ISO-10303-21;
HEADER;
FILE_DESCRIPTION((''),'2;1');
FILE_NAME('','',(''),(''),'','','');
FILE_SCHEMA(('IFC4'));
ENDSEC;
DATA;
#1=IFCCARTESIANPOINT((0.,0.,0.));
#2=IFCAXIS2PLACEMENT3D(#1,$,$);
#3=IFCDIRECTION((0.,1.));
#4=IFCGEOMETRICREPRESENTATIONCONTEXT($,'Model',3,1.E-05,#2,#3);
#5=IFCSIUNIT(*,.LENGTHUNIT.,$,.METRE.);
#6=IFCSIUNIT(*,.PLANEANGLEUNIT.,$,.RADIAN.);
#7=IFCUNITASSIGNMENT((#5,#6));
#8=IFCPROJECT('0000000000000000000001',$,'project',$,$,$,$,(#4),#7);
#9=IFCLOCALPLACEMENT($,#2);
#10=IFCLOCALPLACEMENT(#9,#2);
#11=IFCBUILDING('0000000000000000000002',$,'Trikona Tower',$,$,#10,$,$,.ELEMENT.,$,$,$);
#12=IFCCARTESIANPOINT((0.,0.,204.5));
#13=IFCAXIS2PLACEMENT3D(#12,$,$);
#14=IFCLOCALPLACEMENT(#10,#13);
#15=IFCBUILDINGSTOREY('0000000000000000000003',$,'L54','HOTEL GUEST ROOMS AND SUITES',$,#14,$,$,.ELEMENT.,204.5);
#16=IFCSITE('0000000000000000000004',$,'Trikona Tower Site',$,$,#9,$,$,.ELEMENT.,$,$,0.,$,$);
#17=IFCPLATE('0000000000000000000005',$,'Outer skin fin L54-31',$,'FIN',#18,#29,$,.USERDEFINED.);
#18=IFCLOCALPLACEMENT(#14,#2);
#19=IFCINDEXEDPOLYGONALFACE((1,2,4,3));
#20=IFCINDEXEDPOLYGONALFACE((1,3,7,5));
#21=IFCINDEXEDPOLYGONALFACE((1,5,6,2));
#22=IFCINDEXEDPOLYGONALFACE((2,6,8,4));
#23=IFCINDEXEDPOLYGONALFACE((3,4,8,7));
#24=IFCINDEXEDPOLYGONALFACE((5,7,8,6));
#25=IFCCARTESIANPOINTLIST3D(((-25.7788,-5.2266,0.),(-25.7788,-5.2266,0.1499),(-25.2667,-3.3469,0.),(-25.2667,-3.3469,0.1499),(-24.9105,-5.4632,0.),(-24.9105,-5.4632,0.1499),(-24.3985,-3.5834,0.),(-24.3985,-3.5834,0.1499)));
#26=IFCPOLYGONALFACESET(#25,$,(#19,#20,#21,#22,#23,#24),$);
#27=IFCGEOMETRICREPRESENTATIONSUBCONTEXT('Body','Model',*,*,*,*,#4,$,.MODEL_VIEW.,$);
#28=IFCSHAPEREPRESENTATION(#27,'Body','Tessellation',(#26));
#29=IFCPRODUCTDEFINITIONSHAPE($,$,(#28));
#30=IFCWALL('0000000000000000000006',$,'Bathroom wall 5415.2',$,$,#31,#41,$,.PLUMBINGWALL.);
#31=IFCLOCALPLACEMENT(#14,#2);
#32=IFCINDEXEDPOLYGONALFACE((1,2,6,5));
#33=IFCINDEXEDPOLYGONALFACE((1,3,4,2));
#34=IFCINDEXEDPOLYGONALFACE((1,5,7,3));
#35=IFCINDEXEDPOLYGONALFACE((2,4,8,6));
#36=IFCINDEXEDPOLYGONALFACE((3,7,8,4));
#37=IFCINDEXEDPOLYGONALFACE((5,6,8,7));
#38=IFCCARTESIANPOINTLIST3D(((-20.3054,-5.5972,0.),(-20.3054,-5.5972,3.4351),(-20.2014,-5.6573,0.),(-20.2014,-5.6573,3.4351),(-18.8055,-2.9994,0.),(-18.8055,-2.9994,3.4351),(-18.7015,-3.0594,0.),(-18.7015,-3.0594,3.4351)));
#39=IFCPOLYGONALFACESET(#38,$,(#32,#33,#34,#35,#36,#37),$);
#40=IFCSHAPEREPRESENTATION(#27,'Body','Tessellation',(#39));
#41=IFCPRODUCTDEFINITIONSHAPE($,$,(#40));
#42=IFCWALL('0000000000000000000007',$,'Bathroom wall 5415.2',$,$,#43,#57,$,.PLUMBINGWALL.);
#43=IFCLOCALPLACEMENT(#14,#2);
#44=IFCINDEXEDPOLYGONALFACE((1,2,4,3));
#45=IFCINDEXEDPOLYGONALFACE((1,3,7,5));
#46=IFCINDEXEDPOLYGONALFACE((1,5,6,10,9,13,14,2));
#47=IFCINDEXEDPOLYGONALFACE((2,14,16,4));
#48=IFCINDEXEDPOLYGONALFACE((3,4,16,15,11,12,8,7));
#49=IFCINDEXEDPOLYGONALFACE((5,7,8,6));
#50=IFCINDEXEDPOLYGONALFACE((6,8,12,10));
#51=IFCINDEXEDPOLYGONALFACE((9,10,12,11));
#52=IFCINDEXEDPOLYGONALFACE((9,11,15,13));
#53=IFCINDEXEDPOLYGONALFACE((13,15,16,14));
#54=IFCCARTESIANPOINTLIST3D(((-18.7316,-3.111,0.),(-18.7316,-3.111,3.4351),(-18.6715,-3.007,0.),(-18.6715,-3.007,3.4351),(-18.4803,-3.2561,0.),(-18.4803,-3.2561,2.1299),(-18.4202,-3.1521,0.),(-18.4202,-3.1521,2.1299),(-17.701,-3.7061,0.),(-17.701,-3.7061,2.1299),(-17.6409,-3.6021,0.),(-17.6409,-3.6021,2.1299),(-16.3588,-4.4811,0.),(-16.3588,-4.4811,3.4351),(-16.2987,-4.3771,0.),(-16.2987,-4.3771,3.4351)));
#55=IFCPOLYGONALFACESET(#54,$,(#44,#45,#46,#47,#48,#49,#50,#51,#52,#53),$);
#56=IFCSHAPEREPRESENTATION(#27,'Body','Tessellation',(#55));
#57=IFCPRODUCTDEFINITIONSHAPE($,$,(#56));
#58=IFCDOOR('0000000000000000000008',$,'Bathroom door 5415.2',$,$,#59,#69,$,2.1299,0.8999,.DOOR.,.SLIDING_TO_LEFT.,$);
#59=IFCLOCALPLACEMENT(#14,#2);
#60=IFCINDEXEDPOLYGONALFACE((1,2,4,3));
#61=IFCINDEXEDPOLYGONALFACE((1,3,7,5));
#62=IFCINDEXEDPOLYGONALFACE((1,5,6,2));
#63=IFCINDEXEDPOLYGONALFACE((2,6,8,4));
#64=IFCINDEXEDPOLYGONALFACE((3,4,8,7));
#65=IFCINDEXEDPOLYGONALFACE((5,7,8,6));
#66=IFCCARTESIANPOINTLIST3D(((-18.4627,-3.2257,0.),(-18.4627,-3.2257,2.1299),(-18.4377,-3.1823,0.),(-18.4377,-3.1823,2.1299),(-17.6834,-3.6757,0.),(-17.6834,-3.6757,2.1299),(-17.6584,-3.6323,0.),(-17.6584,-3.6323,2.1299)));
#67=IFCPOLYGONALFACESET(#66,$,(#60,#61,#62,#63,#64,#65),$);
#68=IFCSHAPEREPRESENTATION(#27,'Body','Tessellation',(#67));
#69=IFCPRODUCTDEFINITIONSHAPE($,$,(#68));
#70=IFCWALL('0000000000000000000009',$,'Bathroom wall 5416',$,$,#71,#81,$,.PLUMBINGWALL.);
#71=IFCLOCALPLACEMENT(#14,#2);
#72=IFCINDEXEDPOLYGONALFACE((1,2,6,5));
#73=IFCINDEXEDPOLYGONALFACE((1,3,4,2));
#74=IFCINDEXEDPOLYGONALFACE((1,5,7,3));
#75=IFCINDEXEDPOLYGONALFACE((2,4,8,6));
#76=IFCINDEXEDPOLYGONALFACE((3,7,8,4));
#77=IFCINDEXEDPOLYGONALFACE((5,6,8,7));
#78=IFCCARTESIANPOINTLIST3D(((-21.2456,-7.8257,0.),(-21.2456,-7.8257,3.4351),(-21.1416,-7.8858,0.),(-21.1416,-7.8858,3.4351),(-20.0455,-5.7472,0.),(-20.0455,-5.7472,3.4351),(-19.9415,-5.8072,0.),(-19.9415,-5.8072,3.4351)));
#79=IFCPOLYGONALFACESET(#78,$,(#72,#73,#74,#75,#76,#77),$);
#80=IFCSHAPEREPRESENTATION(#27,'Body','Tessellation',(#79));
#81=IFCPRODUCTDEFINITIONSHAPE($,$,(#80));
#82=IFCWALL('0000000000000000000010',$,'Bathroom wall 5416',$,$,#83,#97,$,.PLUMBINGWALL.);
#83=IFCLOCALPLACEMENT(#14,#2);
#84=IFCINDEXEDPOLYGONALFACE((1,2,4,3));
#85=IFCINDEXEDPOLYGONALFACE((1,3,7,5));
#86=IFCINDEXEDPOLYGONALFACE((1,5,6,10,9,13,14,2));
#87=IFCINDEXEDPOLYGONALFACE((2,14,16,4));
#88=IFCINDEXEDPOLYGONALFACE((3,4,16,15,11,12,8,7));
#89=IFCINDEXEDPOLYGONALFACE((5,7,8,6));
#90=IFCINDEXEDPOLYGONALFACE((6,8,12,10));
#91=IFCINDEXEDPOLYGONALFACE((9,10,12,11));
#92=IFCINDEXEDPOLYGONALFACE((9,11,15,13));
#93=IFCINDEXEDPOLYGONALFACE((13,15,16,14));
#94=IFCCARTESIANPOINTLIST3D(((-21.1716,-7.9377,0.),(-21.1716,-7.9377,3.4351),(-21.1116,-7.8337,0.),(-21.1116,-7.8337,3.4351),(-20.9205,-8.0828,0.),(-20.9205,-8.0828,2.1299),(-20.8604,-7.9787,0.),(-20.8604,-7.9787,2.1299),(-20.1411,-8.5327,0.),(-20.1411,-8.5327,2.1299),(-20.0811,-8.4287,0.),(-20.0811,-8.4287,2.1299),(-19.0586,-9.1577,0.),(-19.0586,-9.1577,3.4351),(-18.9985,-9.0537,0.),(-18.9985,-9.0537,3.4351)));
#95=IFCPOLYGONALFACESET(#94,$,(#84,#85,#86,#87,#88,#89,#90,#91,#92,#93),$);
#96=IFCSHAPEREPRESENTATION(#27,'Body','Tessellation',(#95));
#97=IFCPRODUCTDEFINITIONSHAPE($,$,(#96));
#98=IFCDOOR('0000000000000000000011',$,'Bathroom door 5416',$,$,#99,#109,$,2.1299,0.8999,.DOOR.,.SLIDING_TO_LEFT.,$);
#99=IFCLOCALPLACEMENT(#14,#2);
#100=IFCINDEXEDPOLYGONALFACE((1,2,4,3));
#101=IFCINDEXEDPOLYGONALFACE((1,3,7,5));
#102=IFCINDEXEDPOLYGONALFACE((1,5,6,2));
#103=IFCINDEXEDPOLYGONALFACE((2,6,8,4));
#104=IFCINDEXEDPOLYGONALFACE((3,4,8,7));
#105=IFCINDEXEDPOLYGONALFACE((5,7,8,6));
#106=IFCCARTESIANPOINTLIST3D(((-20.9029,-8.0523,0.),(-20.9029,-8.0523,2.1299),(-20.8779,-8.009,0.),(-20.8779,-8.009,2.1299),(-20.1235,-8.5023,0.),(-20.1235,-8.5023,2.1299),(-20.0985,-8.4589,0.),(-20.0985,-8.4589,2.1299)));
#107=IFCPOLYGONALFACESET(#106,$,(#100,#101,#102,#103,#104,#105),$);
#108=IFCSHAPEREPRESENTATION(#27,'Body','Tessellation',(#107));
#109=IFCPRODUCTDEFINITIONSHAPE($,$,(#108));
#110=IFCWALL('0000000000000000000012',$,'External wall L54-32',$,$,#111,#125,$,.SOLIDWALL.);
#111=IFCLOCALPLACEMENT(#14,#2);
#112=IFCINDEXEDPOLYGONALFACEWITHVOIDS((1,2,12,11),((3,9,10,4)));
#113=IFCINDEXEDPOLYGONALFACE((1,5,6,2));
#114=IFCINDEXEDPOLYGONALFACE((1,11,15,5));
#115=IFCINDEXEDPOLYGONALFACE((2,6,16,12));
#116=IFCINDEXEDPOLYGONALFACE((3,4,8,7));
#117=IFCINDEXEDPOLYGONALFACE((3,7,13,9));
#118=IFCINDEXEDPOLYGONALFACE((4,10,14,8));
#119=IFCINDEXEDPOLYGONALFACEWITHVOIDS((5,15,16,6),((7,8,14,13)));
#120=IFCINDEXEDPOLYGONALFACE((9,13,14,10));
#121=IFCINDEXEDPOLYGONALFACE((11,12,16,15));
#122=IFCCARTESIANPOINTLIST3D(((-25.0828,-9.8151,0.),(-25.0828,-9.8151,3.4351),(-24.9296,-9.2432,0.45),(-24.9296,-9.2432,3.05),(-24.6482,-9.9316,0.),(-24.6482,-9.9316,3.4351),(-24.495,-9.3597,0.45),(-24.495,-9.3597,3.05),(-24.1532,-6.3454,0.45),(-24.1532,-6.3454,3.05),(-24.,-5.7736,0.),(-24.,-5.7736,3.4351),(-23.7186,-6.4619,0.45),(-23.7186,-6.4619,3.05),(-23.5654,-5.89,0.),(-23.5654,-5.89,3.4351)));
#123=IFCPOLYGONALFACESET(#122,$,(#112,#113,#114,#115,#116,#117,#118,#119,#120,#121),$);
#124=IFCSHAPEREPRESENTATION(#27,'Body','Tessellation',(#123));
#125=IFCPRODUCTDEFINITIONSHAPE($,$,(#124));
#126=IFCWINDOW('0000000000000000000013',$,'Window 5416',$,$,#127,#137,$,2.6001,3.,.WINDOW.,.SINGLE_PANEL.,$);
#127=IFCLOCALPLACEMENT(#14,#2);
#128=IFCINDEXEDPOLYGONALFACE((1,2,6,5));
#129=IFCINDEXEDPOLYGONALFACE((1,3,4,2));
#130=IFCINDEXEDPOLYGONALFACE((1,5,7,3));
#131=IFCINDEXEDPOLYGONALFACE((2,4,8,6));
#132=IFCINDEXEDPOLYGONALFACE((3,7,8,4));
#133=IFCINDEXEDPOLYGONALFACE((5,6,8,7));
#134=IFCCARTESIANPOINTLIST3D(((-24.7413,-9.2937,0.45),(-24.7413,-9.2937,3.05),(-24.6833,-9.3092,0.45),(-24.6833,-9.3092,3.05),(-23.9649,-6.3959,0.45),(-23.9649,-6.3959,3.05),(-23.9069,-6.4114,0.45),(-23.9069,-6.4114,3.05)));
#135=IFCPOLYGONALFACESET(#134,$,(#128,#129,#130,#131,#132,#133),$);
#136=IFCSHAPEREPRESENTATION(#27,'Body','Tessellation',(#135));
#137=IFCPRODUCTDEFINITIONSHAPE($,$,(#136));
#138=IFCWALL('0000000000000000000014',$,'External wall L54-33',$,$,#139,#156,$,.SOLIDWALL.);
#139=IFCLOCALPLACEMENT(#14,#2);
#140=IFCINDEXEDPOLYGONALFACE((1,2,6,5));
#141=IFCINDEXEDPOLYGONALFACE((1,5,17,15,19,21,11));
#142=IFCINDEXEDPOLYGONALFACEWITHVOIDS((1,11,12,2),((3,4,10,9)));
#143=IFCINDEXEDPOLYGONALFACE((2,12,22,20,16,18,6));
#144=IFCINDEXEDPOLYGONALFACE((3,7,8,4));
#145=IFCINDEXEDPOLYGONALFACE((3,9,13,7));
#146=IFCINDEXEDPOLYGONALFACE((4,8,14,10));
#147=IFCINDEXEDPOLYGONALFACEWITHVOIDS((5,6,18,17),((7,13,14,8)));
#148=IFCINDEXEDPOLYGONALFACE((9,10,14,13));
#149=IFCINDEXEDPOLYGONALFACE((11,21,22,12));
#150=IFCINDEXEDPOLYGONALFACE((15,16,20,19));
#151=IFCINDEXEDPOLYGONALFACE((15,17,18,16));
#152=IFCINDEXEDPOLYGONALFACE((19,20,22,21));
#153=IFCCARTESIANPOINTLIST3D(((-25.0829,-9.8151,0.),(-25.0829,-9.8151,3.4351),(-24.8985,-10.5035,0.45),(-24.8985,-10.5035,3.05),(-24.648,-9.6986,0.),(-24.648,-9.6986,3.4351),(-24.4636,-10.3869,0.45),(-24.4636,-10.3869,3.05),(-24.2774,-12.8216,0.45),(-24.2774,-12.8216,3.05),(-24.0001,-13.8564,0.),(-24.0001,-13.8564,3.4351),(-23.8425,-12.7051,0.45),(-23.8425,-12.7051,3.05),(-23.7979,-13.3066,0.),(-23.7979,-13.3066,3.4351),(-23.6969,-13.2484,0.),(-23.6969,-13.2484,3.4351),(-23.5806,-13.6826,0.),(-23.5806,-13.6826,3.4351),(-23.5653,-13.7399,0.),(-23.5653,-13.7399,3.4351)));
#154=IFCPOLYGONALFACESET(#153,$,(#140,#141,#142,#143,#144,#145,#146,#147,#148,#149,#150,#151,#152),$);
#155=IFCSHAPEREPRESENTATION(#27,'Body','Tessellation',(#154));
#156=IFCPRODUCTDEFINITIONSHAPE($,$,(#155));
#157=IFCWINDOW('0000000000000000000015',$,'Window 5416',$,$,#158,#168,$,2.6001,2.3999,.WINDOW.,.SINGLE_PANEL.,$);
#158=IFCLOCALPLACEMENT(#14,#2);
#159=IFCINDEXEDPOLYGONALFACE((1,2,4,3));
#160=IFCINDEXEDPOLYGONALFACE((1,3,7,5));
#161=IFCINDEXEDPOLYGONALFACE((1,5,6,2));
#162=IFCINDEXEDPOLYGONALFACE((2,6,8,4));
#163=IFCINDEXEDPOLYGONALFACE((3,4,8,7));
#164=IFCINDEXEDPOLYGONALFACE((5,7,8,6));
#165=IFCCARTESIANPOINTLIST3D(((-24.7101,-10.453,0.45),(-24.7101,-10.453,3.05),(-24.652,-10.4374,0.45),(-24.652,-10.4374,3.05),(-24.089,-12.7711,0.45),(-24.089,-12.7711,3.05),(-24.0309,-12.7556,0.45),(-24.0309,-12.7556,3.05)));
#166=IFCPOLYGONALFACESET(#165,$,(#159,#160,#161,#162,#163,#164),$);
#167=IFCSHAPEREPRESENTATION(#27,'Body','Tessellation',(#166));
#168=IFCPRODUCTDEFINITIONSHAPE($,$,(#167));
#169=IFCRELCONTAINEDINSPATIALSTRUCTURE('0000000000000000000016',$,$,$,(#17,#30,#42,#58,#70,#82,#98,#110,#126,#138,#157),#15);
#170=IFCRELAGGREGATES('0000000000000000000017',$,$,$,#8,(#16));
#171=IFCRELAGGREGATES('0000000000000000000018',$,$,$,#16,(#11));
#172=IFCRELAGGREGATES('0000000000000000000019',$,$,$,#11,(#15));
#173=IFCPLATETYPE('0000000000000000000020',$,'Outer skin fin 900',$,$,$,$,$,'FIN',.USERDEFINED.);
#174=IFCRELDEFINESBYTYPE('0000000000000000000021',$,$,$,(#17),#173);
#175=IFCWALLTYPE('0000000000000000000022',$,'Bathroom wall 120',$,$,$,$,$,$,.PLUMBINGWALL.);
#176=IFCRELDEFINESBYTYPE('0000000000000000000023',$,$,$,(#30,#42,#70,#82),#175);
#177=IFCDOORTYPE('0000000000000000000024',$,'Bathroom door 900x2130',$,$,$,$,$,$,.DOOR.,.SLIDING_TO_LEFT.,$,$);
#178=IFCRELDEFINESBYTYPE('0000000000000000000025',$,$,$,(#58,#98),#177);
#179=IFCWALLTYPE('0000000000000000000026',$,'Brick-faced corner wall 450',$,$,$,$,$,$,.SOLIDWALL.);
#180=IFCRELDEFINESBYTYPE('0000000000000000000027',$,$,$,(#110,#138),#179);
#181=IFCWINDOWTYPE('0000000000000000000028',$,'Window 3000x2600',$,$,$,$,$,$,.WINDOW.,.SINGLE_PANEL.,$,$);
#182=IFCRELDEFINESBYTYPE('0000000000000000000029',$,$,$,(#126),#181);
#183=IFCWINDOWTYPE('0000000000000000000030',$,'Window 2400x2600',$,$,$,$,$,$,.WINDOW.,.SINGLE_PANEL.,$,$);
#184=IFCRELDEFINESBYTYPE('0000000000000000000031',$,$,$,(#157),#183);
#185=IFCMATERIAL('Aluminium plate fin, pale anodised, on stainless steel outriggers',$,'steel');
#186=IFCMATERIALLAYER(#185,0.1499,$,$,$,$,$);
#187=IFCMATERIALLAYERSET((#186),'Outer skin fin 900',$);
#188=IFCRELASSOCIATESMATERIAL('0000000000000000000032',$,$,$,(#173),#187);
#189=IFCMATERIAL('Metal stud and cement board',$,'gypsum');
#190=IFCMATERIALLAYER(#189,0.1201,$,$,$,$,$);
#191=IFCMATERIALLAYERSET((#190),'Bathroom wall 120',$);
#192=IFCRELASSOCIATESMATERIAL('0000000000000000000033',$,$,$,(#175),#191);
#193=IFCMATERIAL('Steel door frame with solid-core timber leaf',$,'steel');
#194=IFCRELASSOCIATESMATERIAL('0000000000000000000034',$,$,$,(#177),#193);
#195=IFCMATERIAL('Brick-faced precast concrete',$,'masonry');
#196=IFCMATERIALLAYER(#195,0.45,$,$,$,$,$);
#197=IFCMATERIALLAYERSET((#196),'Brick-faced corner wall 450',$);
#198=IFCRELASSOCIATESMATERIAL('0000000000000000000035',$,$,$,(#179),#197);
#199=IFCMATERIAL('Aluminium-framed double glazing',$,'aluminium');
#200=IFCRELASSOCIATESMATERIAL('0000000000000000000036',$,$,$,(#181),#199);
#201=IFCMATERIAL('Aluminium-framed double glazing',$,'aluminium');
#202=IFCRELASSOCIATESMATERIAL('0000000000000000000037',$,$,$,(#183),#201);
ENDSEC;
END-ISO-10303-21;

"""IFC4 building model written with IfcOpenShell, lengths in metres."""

from ifc_helpers import new_model, si_unit, direction, frame, frame_2d, origin, origin_2d, place, context, subcontext, project, spatial, polyline, rectangle, outline, extrude, material, layer, layer_set, type_object, element, fill, save


model = new_model("IFC4")

# Units and contexts
model_context = context("Model", 3, precision=1e-05, world=origin(), true_north=direction((0.0, 1.0)))
body_context = subcontext(model_context, "Body", "Model", "MODEL_VIEW")
ifc_project = project(units=[si_unit("LENGTHUNIT", "METRE"), si_unit("PLANEANGLEUNIT", "RADIAN")], contexts=[model_context])

# Site, building, storey
site_placement = place(None, origin())
site = spatial("IfcSite", under=ifc_project, at=site_placement, Name="Trikona Tower Site", CompositionType="ELEMENT", RefElevation=0.0)
building_placement = place(site_placement, origin())
building = spatial("IfcBuilding", under=site, at=building_placement, Name="Trikona Tower", CompositionType="ELEMENT")
storey_placement = place(building_placement, frame((0.0, 0.0, 204.5)))
storey = spatial("IfcBuildingStorey", under=building, at=storey_placement, Name="L54", Description="HOTEL GUEST ROOMS AND SUITES", CompositionType="ELEMENT", Elevation=204.5)

# Plate
ifc_material_1 = material(Name="Aluminium plate fin, pale anodised, on stainless steel outriggers", Category="steel")
ifc_layer_1 = layer(ifc_material_1, 0.1499)
ifc_layer_set_1 = layer_set([ifc_layer_1], Name="Outer skin fin 900")
plate_type_1 = type_object("IfcPlateType", Name="Outer skin fin 900", ElementType="FIN", PredefinedType="USERDEFINED", material=ifc_layer_set_1)
plate_1_placement = place(storey_placement, frame((-25.0886, -4.405, 0.0), z_axis=(0.0, 0.0, 1.0), x_axis=(-0.262822, -0.964844, 0.0)))
element("IfcPlate", 1, at=plate_1_placement, inside=storey, type_object=plate_type_1, Name="Outer skin fin L54-31", ObjectType="FIN", PredefinedType="USERDEFINED", context=body_context, shape_type="SweptSolid", body=[
    extrude(rectangle(XDim=1.9482, YDim=0.8999, at=origin_2d()), origin(), (0.0, 0.0, 1.0), 0.1499),
])

# Wall
ifc_material_2 = material(Name="Metal stud and cement board", Category="gypsum")
ifc_layer_2 = layer(ifc_material_2, 0.1201)
ifc_layer_set_2 = layer_set([ifc_layer_2], Name="Bathroom wall 120")
wall_type_1 = type_object("IfcWallType", Name="Bathroom wall 120", PredefinedType="PLUMBINGWALL", material=ifc_layer_set_2)
wall_1_placement = place(storey_placement, frame((-18.7534, -3.0293, 0.0), z_axis=(0.0, 0.0, 1.0), x_axis=(-0.500025, -0.866011, 0.0)))
element("IfcWall", 2, at=wall_1_placement, inside=storey, type_object=wall_type_1, Name="Bathroom wall 5415.2", PredefinedType="PLUMBINGWALL", context=body_context, shape_type="SweptSolid", body=[
    extrude(rectangle(XDim=2.9998, YDim=0.1201, at=frame_2d((1.5, 0.0))), origin(), (0.0, 0.0, 1.0), 3.4351),
])

# Wall, opening, door
wall_2_placement = place(storey_placement, frame((-16.3286, -4.4292, 0.0), z_axis=(0.0, 0.0, 1.0), x_axis=(-0.865997, 0.500049, 0.0)))
wall_2 = element("IfcWall", 3, at=wall_2_placement, inside=storey, type_object=wall_type_1, Name="Bathroom wall 5415.2", PredefinedType="PLUMBINGWALL", context=body_context, shape_type="SweptSolid", body=[
    extrude(rectangle(XDim=2.74, YDim=0.1201, at=frame_2d((1.3701, 0.0))), origin(), (0.0, 0.0, 1.0), 3.4351),
])
opening_1_placement = place(wall_2_placement, frame((1.55, 0.0, 0.0)))
opening_1 = element("IfcOpeningElement", 4, at=opening_1_placement, cuts=wall_2, PredefinedType="OPENING", context=body_context, shape_type="SweptSolid", body=[
    extrude(rectangle(XDim=0.8999, YDim=2.1299, at=frame_2d((0.45, 1.0649))), frame((0.0, 0.0701, 0.0), z_axis=(0.0, -1.0, 0.0), x_axis=(1.0, 0.0, 0.0)), (0.0, 0.0, 1.0), 0.1401),
])
ifc_material_3 = material(Name="Steel door frame with solid-core timber leaf", Category="steel")
door_type_1 = type_object("IfcDoorType", Name="Bathroom door 900x2130", OperationType="SLIDING_TO_LEFT", PredefinedType="DOOR", material=ifc_material_3)
door_1_placement = place(opening_1_placement, origin())
door_1 = element("IfcDoor", 5, at=door_1_placement, inside=storey, type_object=door_type_1, Name="Bathroom door 5415.2", OperationType="SLIDING_TO_LEFT", OverallHeight=2.1299, OverallWidth=0.8999, PredefinedType="DOOR", context=body_context, shape_type="SweptSolid", body=[
    extrude(rectangle(XDim=0.8999, YDim=2.1299, at=frame_2d((0.45, 1.0649))), frame((0.0, 0.0249, 0.0), z_axis=(0.0, -1.0, 0.0), x_axis=(1.0, 0.0, 0.0)), (0.0, 0.0, 1.0), 0.05),
])
fill(opening_1, door_1)

# Wall
wall_3_placement = place(storey_placement, frame((-19.9934, -5.7771, 0.0), z_axis=(0.0, 0.0, 1.0), x_axis=(-0.500034, -0.866006, 0.0)))
element("IfcWall", 6, at=wall_3_placement, inside=storey, type_object=wall_type_1, Name="Bathroom wall 5416", PredefinedType="PLUMBINGWALL", context=body_context, shape_type="SweptSolid", body=[
    extrude(rectangle(XDim=2.4001, YDim=0.1201, at=frame_2d((1.2002, 0.0))), origin(), (0.0, 0.0, 1.0), 3.4351),
])

# Wall, opening, door
wall_4_placement = place(storey_placement, frame((-19.0286, -9.1057, 0.0), z_axis=(0.0, 0.0, 1.0), x_axis=(-0.866024, 0.500003, 0.0)))
wall_4 = element("IfcWall", 7, at=wall_4_placement, inside=storey, type_object=wall_type_1, Name="Bathroom wall 5416", PredefinedType="PLUMBINGWALL", context=body_context, shape_type="SweptSolid", body=[
    extrude(rectangle(XDim=2.4399, YDim=0.1201, at=frame_2d((1.22, 0.0))), origin(), (0.0, 0.0, 1.0), 3.4351),
])
opening_2_placement = place(wall_4_placement, frame((1.25, 0.0, 0.0)))
opening_2 = element("IfcOpeningElement", 8, at=opening_2_placement, cuts=wall_4, PredefinedType="OPENING", context=body_context, shape_type="SweptSolid", body=[
    extrude(rectangle(XDim=0.8999, YDim=2.1299, at=frame_2d((0.45, 1.0649))), frame((0.0, 0.0701, 0.0), z_axis=(0.0, -1.0, 0.0), x_axis=(1.0, 0.0, 0.0)), (0.0, 0.0, 1.0), 0.1401),
])
door_2_placement = place(opening_2_placement, origin())
door_2 = element("IfcDoor", 9, at=door_2_placement, inside=storey, type_object=door_type_1, Name="Bathroom door 5416", OperationType="SLIDING_TO_LEFT", OverallHeight=2.1299, OverallWidth=0.8999, PredefinedType="DOOR", context=body_context, shape_type="SweptSolid", body=[
    extrude(rectangle(XDim=0.8999, YDim=2.1299, at=frame_2d((0.45, 1.0649))), frame((0.0, 0.0249, 0.0), z_axis=(0.0, -1.0, 0.0), x_axis=(1.0, 0.0, 0.0)), (0.0, 0.0, 1.0), 0.05),
])
fill(opening_2, door_2)

# Walls, openings, windows
ifc_material_4 = material(Name="Brick-faced precast concrete", Category="masonry")
ifc_layer_3 = layer(ifc_material_4, 0.45)
ifc_layer_set_3 = layer_set([ifc_layer_3], Name="Brick-faced corner wall 450")
wall_type_2 = type_object("IfcWallType", Name="Brick-faced corner wall 450", PredefinedType="SOLIDWALL", material=ifc_layer_set_3)
wall_5_placement = place(storey_placement, frame((-23.7827, -5.8318, 0.0), z_axis=(0.0, 0.0, 1.0), x_axis=(-0.258785, -0.965935, 0.0)))
wall_5 = element("IfcWall", 10, at=wall_5_placement, inside=storey, type_object=wall_type_2, Name="External wall L54-32", PredefinedType="SOLIDWALL", context=body_context, shape_type="SweptSolid", body=[
    extrude(rectangle(XDim=4.1841, YDim=0.45, at=frame_2d((2.092, 0.0))), origin(), (0.0, 0.0, 1.0), 3.4351),
])
opening_3_placement = place(wall_5_placement, frame((0.592, 0.0, 0.45)))
opening_3 = element("IfcOpeningElement", 11, at=opening_3_placement, cuts=wall_5, PredefinedType="OPENING", context=body_context, shape_type="SweptSolid", body=[
    extrude(rectangle(XDim=3.0, YDim=2.6001, at=frame_2d((1.5, 1.3))), frame((0.0, 0.2349, 0.0), z_axis=(0.0, -1.0, 0.0), x_axis=(1.0, 0.0, 0.0)), (0.0, 0.0, 1.0), 0.47),
])
ifc_material_5 = material(Name="Aluminium-framed double glazing", Category="aluminium")
window_type_1 = type_object("IfcWindowType", Name="Window 3000x2600", PartitioningType="SINGLE_PANEL", PredefinedType="WINDOW", material=ifc_material_5)
window_1_placement = place(opening_3_placement, origin())
window_1 = element("IfcWindow", 12, at=window_1_placement, inside=storey, type_object=window_type_1, Name="Window 5416", OverallHeight=2.6001, OverallWidth=3.0, PartitioningType="SINGLE_PANEL", PredefinedType="WINDOW", context=body_context, shape_type="SweptSolid", body=[
    extrude(rectangle(XDim=3.0, YDim=2.6001, at=frame_2d((1.5, 1.3))), frame((0.0, 0.03, 0.0), z_axis=(0.0, -1.0, 0.0), x_axis=(1.0, 0.0, 0.0)), (0.0, 0.0, 1.0), 0.0601),
])
fill(opening_3, window_1)
wall_6_placement = place(storey_placement, frame((-24.8655, -9.7568, 0.0), z_axis=(0.0, 0.0, 1.0), x_axis=(0.258799, -0.965931, 0.0)))
wall_6 = element("IfcWall", 13, at=wall_6_placement, inside=storey, type_object=wall_type_2, Name="External wall L54-33", PredefinedType="SOLIDWALL", context=body_context, shape_type="SweptSolid", body=[
    extrude(outline(polyline([(4.1838, 0.2251), (4.1245, 0.2251), (3.7051, 0.1125), (3.675, 0.2251), (0.0, 0.2251), (0.0, -0.2251), (4.1838, -0.2251), (4.1838, 0.2251)])), origin(), (0.0, 0.0, 1.0), 3.4351),
])
opening_4_placement = place(wall_6_placement, frame((0.7126, 0.0, 0.45)))
opening_4 = element("IfcOpeningElement", 14, at=opening_4_placement, cuts=wall_6, PredefinedType="OPENING", context=body_context, shape_type="SweptSolid", body=[
    extrude(rectangle(XDim=2.3999, YDim=2.6001, at=frame_2d((1.2, 1.3))), frame((0.0, 0.2349, 0.0), z_axis=(0.0, -1.0, 0.0), x_axis=(1.0, 0.0, 0.0)), (0.0, 0.0, 1.0), 0.47),
])
ifc_material_6 = material(Name="Aluminium-framed double glazing", Category="aluminium")
window_type_2 = type_object("IfcWindowType", Name="Window 2400x2600", PartitioningType="SINGLE_PANEL", PredefinedType="WINDOW", material=ifc_material_6)
window_2_placement = place(opening_4_placement, origin())
window_2 = element("IfcWindow", 15, at=window_2_placement, inside=storey, type_object=window_type_2, Name="Window 5416", OverallHeight=2.6001, OverallWidth=2.3999, PartitioningType="SINGLE_PANEL", PredefinedType="WINDOW", context=body_context, shape_type="SweptSolid", body=[
    extrude(rectangle(XDim=2.3999, YDim=2.6001, at=frame_2d((1.2, 1.3))), frame((0.0, 0.03, 0.0), z_axis=(0.0, -1.0, 0.0), x_axis=(1.0, 0.0, 0.0)), (0.0, 0.0, 1.0), 0.0601),
])
fill(opening_4, window_2)

save(model, "model.ifc")
